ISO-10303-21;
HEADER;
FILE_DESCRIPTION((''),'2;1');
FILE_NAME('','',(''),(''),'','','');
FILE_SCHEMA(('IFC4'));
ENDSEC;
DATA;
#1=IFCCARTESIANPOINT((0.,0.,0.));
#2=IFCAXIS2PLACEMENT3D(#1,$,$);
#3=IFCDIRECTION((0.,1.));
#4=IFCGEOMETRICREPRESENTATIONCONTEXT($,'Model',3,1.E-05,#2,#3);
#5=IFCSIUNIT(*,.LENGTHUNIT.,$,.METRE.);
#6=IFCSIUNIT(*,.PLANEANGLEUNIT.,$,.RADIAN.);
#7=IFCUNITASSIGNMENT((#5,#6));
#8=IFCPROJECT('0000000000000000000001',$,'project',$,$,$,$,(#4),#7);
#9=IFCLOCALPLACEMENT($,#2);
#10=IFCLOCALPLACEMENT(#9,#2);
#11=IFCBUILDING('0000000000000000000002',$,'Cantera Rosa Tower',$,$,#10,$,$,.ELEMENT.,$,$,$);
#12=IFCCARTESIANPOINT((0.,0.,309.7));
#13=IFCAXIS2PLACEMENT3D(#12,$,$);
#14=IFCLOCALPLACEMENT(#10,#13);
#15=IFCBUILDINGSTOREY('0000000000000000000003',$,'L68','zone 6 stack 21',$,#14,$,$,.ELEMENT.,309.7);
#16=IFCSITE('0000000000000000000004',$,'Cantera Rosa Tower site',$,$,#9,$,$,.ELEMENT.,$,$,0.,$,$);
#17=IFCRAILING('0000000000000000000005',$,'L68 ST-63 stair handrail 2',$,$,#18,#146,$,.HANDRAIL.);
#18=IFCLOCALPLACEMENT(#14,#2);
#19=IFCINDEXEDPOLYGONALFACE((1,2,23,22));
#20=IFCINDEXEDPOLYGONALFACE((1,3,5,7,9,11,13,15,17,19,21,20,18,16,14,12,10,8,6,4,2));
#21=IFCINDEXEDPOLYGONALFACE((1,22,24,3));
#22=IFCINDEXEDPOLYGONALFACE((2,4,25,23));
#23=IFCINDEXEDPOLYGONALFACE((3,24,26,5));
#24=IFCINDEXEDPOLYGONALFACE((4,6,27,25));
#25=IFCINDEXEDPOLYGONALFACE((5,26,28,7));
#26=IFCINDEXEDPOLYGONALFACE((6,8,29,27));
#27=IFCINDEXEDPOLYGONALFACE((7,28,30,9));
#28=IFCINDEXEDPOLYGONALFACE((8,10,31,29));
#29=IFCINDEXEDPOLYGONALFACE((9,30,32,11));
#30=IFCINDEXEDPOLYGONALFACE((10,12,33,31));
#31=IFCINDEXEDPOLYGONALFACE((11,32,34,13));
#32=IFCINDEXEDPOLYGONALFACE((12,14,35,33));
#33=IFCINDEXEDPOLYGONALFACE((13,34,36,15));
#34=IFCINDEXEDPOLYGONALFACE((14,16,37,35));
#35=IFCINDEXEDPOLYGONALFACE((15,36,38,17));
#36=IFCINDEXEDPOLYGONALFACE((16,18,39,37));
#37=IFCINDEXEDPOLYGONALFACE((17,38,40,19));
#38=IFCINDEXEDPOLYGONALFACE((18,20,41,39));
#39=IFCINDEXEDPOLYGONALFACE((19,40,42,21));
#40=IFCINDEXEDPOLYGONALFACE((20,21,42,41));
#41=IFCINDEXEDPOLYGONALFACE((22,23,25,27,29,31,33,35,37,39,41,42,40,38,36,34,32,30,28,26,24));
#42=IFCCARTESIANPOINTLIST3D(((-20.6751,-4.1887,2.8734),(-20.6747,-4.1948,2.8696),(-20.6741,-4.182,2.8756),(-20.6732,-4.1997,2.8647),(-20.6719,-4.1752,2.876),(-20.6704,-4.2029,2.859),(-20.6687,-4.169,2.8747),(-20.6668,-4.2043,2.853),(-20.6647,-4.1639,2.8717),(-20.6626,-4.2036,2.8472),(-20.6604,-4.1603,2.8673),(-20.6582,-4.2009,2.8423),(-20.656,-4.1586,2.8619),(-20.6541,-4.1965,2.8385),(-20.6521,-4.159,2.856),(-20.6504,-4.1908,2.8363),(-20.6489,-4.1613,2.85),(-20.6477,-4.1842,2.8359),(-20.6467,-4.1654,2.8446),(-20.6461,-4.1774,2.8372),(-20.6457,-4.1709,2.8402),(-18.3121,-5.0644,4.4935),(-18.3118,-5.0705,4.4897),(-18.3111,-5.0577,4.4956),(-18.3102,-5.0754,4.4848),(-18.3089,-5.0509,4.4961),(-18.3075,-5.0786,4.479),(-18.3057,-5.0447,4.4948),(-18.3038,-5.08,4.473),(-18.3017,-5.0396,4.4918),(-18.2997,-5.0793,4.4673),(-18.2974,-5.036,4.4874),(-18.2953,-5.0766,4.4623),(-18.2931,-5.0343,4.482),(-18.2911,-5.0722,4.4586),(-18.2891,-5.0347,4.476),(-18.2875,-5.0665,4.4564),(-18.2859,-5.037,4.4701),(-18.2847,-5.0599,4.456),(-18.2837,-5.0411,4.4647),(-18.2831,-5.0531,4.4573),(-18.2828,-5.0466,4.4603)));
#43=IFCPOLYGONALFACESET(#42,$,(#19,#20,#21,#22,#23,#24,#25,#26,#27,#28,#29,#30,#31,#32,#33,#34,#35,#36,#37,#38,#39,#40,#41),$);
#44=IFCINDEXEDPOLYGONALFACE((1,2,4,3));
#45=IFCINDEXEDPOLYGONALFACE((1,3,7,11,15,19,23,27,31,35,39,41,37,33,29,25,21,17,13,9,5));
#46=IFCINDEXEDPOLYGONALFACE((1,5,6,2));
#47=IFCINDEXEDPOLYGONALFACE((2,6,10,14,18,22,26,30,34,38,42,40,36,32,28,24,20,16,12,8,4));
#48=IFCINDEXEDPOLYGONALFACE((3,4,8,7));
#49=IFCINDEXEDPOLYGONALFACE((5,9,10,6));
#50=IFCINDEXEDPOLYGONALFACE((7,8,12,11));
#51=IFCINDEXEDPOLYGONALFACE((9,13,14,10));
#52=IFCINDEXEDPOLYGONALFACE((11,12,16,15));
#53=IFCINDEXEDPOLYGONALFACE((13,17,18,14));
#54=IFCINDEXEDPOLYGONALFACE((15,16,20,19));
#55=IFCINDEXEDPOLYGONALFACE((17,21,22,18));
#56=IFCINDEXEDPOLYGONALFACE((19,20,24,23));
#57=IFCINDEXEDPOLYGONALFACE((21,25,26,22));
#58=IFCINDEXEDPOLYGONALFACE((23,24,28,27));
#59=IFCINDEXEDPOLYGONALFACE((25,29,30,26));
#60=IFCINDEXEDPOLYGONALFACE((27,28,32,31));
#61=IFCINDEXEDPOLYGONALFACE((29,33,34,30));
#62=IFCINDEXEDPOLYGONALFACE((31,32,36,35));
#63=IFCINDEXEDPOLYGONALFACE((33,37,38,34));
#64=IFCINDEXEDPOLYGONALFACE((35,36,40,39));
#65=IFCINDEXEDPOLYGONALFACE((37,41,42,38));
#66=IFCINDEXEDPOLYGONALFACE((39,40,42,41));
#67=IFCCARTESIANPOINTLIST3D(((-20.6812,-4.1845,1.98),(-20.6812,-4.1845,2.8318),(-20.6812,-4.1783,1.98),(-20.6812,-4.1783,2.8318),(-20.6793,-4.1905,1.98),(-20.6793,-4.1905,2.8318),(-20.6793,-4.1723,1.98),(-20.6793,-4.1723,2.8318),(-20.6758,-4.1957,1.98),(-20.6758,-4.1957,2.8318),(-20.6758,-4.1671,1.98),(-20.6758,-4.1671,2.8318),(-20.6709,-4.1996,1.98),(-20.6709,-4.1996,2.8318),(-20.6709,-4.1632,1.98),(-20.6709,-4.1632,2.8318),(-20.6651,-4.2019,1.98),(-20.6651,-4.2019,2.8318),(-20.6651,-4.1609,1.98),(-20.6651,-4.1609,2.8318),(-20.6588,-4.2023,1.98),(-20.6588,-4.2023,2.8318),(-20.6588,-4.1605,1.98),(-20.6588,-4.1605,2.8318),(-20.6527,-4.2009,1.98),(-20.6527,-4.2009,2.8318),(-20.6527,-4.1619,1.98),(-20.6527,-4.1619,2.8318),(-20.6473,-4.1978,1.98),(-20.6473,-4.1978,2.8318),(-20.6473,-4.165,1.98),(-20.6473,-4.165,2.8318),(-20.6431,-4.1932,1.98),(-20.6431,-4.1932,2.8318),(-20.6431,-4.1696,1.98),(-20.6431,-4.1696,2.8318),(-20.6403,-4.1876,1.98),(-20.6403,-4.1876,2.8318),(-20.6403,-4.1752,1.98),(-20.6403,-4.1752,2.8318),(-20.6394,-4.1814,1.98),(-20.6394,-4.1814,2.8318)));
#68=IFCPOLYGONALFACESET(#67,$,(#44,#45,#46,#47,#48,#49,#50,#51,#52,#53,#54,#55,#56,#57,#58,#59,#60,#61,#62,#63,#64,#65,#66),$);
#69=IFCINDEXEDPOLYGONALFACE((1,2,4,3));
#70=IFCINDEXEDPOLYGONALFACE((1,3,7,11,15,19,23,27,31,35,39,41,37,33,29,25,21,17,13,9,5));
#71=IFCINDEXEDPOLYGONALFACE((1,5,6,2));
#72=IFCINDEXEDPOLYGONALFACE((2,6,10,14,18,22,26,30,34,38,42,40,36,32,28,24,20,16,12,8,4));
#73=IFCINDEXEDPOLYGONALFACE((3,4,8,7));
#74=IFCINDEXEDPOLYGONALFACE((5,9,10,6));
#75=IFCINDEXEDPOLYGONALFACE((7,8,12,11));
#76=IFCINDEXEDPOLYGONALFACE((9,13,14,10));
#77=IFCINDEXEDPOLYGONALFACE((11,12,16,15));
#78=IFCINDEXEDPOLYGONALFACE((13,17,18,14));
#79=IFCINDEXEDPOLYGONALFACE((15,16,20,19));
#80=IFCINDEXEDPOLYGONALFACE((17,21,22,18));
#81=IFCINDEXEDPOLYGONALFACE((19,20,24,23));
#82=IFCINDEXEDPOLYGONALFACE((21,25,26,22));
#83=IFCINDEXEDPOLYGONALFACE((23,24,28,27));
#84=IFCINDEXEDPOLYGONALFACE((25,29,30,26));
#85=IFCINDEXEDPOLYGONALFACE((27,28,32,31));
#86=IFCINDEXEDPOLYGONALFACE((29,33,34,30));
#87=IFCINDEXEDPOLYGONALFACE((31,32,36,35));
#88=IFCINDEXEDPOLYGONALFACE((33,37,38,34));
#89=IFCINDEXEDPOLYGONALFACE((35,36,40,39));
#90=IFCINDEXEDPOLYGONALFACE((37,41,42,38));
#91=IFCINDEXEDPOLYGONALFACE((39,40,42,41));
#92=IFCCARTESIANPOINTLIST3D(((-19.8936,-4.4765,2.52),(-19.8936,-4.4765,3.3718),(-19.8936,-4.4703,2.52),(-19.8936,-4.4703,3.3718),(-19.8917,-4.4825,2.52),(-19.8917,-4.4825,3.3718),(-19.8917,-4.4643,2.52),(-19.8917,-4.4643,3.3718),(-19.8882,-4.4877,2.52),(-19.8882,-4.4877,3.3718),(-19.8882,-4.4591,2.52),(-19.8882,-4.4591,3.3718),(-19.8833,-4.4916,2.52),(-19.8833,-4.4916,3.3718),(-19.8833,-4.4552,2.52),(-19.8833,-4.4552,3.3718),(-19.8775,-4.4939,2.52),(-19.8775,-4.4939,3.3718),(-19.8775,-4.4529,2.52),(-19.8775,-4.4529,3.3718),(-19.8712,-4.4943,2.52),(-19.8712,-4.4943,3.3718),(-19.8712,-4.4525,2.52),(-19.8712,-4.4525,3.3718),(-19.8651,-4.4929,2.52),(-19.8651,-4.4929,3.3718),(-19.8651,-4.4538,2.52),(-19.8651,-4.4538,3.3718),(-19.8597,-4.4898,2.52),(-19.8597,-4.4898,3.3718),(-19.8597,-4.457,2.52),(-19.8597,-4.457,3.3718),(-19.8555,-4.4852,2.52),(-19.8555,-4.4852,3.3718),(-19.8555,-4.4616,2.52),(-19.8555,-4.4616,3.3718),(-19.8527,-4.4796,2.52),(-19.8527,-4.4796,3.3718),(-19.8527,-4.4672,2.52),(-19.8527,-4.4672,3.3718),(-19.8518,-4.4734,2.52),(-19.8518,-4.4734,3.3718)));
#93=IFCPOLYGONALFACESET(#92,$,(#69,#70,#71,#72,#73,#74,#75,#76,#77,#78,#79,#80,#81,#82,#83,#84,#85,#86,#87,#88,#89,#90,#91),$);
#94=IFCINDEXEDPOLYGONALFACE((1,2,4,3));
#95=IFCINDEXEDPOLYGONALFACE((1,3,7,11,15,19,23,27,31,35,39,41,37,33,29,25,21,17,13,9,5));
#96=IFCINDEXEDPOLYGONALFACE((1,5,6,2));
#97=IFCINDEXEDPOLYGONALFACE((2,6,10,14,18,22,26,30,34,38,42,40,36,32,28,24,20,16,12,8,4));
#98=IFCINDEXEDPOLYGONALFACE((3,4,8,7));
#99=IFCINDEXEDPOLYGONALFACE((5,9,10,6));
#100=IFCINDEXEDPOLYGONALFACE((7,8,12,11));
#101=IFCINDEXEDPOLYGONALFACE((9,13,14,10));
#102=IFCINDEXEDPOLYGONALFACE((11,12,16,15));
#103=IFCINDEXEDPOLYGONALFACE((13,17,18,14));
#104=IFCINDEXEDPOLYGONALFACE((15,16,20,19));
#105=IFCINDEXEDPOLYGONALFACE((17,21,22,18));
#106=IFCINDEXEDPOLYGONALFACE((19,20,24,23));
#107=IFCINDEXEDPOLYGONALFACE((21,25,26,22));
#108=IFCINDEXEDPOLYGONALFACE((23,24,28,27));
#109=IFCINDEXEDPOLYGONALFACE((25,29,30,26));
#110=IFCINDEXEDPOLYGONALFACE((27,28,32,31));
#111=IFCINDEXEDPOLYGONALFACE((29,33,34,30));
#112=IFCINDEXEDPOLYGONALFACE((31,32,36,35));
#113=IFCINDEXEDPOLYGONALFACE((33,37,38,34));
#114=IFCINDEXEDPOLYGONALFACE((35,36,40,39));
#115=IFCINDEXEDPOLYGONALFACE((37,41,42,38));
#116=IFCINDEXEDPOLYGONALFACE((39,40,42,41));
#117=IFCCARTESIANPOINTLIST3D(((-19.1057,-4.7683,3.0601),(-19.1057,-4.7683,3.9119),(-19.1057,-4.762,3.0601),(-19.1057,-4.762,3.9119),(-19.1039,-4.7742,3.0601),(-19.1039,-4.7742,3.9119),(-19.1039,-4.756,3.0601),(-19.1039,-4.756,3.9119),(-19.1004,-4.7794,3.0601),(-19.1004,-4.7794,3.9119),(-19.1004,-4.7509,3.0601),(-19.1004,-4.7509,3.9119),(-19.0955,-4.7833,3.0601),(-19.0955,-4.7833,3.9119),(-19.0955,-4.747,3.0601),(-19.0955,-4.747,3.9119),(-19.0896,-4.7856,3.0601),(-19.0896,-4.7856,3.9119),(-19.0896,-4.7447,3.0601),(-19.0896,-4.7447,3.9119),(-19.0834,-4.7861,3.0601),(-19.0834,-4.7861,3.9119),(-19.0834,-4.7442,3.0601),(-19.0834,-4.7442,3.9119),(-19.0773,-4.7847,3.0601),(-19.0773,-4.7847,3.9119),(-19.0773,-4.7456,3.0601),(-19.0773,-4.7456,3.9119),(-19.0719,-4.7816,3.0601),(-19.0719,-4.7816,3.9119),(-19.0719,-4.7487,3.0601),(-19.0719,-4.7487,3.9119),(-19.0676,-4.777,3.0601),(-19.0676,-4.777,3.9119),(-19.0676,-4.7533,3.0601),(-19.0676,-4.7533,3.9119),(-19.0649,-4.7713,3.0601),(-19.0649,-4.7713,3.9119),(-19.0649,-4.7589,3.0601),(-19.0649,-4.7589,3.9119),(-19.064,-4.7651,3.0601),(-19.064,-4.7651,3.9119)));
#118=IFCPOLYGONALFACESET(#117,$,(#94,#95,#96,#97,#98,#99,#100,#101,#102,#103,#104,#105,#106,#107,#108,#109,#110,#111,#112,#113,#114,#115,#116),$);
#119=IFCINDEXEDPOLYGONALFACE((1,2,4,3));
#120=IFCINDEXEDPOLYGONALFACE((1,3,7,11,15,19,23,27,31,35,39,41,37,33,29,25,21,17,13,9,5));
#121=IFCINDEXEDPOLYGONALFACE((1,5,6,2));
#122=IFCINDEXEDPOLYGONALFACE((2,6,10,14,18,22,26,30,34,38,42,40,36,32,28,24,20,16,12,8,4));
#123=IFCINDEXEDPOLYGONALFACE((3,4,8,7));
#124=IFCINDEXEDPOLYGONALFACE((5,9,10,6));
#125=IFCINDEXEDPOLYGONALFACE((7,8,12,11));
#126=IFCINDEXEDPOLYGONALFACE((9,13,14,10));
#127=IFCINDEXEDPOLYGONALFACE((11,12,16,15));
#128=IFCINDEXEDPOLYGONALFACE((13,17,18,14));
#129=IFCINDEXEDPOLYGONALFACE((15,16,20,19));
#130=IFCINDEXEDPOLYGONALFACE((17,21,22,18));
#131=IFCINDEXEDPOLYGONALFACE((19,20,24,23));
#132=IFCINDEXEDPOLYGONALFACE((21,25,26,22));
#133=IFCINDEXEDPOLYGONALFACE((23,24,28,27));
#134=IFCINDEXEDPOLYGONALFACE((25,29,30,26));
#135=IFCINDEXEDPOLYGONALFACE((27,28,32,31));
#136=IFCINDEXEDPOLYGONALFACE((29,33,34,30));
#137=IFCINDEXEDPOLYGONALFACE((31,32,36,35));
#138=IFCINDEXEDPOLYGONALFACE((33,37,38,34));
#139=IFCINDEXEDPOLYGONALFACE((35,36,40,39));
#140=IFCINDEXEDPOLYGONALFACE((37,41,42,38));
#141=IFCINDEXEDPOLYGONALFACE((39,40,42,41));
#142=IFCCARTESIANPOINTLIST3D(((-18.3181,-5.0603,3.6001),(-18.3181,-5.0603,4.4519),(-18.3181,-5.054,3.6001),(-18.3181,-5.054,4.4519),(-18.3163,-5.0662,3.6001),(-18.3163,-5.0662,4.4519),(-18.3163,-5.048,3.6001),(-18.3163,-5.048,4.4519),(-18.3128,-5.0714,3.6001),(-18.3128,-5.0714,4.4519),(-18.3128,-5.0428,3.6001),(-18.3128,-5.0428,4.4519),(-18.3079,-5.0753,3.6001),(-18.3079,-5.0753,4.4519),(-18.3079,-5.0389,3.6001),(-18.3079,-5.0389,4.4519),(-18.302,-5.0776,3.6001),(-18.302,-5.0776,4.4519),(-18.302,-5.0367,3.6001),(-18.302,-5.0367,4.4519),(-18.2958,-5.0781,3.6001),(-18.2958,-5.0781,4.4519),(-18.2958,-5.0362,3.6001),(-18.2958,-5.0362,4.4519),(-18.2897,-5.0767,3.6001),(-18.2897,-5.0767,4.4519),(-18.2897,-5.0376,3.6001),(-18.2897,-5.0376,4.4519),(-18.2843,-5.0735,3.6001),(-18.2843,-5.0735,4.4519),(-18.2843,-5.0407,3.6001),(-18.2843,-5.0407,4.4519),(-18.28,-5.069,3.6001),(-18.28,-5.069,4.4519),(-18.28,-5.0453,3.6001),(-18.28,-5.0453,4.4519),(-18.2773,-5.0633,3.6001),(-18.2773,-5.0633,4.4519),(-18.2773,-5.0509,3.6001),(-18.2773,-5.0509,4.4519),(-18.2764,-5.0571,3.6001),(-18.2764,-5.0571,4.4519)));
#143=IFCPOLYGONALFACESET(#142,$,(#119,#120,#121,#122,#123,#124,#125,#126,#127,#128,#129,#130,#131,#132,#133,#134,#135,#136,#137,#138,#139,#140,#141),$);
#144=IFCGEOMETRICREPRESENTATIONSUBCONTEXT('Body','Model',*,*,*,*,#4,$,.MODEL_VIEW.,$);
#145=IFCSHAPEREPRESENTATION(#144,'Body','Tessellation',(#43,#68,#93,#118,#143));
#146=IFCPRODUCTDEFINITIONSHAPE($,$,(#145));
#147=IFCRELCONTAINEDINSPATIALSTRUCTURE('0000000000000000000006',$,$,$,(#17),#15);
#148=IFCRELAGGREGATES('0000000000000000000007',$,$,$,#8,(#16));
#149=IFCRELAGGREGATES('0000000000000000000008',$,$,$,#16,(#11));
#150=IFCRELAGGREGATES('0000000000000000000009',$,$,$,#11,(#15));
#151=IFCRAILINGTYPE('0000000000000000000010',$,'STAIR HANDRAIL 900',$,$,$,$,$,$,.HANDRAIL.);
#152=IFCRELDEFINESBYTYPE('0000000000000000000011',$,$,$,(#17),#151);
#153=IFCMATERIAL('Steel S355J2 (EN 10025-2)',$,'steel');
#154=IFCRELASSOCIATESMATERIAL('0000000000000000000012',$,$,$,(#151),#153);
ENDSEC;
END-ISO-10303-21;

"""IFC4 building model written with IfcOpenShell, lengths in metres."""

from ifc_helpers import new_model, si_unit, direction, frame, origin, origin_2d, place, context, subcontext, project, spatial, circle, extrude, material, type_object, element, save


model = new_model("IFC4")

# Units and contexts
model_context = context("Model", 3, precision=1e-05, world=origin(), true_north=direction((0.0, 1.0)))
body_context = subcontext(model_context, "Body", "Model", "MODEL_VIEW")
ifc_project = project(units=[si_unit("LENGTHUNIT", "METRE"), si_unit("PLANEANGLEUNIT", "RADIAN")], contexts=[model_context])

# Site, building, storey
site_placement = place(None, origin())
site = spatial("IfcSite", under=ifc_project, at=site_placement, Name="Cantera Rosa Tower site", CompositionType="ELEMENT", RefElevation=0.0)
building_placement = place(site_placement, origin())
building = spatial("IfcBuilding", under=site, at=building_placement, Name="Cantera Rosa Tower", CompositionType="ELEMENT")
storey_placement = place(building_placement, frame((0.0, 0.0, 309.7)))
storey = spatial("IfcBuildingStorey", under=building, at=storey_placement, Name="L68", Description="zone 6 stack 21", CompositionType="ELEMENT", Elevation=309.7)

# Railing
ifc_material_1 = material(Name="Steel S355J2 (EN 10025-2)", Category="steel")
railing_type_1 = type_object("IfcRailingType", Name="STAIR HANDRAIL 900", PredefinedType="HANDRAIL", material=ifc_material_1)
railing_1_placement = place(storey_placement, frame((-20.6604, -4.1814, 1.98)))
element("IfcRailing", 1, at=railing_1_placement, inside=storey, type_object=railing_type_1, Name="L68 ST-63 stair handrail 2", PredefinedType="HANDRAIL", context=body_context, shape_type="SweptSolid", body=[
    extrude(circle(Radius=0.0239, at=origin_2d()), frame((0.0, 0.0, 0.876), z_axis=(0.788748, -0.292307, 0.540772), x_axis=(0.347501, 0.93768, 0.0)), (0.0, 0.0, 1.0), 2.9958),
    extrude(circle(Radius=0.021, at=origin_2d()), origin(), (0.0, 0.0, 1.0), 0.8518),
    extrude(circle(Radius=0.021, at=origin_2d()), frame((0.7876, -0.292, 0.54)), (0.0, 0.0, 1.0), 0.8518),
    extrude(circle(Radius=0.021, at=origin_2d()), frame((1.5754, -0.5837, 1.0801)), (0.0, 0.0, 1.0), 0.8518),
    extrude(circle(Radius=0.021, at=origin_2d()), frame((2.363, -0.8757, 1.6201)), (0.0, 0.0, 1.0), 0.8518),
])

save(model, "model.ifc")
